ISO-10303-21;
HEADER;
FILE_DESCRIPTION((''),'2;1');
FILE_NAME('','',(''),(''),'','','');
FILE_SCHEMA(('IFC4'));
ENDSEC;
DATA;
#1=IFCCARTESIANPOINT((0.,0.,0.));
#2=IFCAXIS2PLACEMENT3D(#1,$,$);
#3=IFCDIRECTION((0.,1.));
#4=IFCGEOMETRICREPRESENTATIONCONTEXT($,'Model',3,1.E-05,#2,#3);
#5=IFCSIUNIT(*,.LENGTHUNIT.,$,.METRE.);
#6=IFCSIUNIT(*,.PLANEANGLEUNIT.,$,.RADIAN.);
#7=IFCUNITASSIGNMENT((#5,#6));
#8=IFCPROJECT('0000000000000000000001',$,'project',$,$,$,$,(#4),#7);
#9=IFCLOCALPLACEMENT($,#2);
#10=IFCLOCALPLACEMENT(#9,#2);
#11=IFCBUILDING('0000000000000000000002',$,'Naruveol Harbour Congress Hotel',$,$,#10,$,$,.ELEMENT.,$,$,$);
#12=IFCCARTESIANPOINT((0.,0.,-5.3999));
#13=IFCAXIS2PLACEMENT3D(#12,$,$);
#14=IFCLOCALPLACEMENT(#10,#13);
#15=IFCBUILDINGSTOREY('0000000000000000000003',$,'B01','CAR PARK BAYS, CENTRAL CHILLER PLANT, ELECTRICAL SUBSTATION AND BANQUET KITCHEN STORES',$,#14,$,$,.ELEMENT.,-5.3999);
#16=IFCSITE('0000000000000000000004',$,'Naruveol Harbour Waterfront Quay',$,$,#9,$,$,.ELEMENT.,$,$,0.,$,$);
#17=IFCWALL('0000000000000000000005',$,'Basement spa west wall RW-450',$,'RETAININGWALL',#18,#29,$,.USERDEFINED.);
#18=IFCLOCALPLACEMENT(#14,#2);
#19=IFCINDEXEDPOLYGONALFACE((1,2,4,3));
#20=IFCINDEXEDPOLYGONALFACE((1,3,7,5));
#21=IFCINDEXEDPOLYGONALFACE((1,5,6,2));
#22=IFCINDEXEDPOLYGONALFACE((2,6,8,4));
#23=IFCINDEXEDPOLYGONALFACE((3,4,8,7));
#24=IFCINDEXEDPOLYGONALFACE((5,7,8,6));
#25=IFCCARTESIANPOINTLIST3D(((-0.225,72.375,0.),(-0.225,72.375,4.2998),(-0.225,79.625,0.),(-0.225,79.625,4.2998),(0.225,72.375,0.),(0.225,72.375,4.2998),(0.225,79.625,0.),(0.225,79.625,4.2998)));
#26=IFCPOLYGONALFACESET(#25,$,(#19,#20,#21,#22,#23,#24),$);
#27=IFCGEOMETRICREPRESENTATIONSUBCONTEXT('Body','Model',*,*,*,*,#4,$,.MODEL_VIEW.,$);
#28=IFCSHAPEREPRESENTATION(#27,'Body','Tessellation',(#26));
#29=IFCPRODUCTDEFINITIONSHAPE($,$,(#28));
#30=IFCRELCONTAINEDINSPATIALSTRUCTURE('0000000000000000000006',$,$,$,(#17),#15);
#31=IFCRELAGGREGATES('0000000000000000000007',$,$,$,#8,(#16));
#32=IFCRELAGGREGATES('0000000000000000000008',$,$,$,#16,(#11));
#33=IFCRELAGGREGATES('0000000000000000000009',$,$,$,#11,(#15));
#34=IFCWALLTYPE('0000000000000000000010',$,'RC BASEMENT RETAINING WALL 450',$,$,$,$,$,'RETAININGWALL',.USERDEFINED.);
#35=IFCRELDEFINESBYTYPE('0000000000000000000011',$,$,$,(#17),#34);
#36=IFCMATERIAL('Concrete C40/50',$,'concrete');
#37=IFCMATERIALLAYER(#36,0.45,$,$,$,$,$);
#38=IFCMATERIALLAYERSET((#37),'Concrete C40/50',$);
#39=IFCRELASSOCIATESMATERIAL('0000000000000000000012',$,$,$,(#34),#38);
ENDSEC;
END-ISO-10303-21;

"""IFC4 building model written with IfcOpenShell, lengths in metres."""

from ifc_helpers import new_model, si_unit, direction, frame, frame_2d, origin, place, context, subcontext, project, spatial, rectangle, extrude, material, layer, layer_set, type_object, element, save


model = new_model("IFC4")

# Units and contexts
model_context = context("Model", 3, precision=1e-05, world=origin(), true_north=direction((0.0, 1.0)))
body_context = subcontext(model_context, "Body", "Model", "MODEL_VIEW")
ifc_project = project(units=[si_unit("LENGTHUNIT", "METRE"), si_unit("PLANEANGLEUNIT", "RADIAN")], contexts=[model_context])

# Site, building, storey
site_placement = place(None, origin())
site = spatial("IfcSite", under=ifc_project, at=site_placement, Name="Naruveol Harbour Waterfront Quay", CompositionType="ELEMENT", RefElevation=0.0)
building_placement = place(site_placement, origin())
building = spatial("IfcBuilding", under=site, at=building_placement, Name="Naruveol Harbour Congress Hotel", CompositionType="ELEMENT")
storey_placement = place(building_placement, frame((0.0, 0.0, -5.3999)))
storey = spatial("IfcBuildingStorey", under=building, at=storey_placement, Name="B01", Description="CAR PARK BAYS, CENTRAL CHILLER PLANT, ELECTRICAL SUBSTATION AND BANQUET KITCHEN STORES", CompositionType="ELEMENT", Elevation=-5.3999)

# Wall
ifc_material_1 = material(Name="Concrete C40/50", Category="concrete")
ifc_layer_1 = layer(ifc_material_1, 0.45)
ifc_layer_set_1 = layer_set([ifc_layer_1], Name="Concrete C40/50")
wall_type_1 = type_object("IfcWallType", Name="RC BASEMENT RETAINING WALL 450", ElementType="RETAININGWALL", PredefinedType="USERDEFINED", material=ifc_layer_set_1)
for number, where, z_axis, x_axis, name in (
    (1, (0.0, 72.375, 0.0), (0.0, 0.0, 1.0), (0.0, 1.0, 0.0), "Basement spa west wall RW-450"),
):
    element("IfcWall", number, at=place(storey_placement, frame(where, z_axis=z_axis, x_axis=x_axis)), inside=storey, type_object=wall_type_1, Name=name, ObjectType="RETAININGWALL", PredefinedType="USERDEFINED", context=body_context, shape_type="SweptSolid", body=[
        extrude(rectangle(XDim=7.25, YDim=0.45, at=frame_2d((3.625, 0.0))), origin(), (0.0, 0.0, 1.0), 4.2998),
    ])

save(model, "model.ifc")
